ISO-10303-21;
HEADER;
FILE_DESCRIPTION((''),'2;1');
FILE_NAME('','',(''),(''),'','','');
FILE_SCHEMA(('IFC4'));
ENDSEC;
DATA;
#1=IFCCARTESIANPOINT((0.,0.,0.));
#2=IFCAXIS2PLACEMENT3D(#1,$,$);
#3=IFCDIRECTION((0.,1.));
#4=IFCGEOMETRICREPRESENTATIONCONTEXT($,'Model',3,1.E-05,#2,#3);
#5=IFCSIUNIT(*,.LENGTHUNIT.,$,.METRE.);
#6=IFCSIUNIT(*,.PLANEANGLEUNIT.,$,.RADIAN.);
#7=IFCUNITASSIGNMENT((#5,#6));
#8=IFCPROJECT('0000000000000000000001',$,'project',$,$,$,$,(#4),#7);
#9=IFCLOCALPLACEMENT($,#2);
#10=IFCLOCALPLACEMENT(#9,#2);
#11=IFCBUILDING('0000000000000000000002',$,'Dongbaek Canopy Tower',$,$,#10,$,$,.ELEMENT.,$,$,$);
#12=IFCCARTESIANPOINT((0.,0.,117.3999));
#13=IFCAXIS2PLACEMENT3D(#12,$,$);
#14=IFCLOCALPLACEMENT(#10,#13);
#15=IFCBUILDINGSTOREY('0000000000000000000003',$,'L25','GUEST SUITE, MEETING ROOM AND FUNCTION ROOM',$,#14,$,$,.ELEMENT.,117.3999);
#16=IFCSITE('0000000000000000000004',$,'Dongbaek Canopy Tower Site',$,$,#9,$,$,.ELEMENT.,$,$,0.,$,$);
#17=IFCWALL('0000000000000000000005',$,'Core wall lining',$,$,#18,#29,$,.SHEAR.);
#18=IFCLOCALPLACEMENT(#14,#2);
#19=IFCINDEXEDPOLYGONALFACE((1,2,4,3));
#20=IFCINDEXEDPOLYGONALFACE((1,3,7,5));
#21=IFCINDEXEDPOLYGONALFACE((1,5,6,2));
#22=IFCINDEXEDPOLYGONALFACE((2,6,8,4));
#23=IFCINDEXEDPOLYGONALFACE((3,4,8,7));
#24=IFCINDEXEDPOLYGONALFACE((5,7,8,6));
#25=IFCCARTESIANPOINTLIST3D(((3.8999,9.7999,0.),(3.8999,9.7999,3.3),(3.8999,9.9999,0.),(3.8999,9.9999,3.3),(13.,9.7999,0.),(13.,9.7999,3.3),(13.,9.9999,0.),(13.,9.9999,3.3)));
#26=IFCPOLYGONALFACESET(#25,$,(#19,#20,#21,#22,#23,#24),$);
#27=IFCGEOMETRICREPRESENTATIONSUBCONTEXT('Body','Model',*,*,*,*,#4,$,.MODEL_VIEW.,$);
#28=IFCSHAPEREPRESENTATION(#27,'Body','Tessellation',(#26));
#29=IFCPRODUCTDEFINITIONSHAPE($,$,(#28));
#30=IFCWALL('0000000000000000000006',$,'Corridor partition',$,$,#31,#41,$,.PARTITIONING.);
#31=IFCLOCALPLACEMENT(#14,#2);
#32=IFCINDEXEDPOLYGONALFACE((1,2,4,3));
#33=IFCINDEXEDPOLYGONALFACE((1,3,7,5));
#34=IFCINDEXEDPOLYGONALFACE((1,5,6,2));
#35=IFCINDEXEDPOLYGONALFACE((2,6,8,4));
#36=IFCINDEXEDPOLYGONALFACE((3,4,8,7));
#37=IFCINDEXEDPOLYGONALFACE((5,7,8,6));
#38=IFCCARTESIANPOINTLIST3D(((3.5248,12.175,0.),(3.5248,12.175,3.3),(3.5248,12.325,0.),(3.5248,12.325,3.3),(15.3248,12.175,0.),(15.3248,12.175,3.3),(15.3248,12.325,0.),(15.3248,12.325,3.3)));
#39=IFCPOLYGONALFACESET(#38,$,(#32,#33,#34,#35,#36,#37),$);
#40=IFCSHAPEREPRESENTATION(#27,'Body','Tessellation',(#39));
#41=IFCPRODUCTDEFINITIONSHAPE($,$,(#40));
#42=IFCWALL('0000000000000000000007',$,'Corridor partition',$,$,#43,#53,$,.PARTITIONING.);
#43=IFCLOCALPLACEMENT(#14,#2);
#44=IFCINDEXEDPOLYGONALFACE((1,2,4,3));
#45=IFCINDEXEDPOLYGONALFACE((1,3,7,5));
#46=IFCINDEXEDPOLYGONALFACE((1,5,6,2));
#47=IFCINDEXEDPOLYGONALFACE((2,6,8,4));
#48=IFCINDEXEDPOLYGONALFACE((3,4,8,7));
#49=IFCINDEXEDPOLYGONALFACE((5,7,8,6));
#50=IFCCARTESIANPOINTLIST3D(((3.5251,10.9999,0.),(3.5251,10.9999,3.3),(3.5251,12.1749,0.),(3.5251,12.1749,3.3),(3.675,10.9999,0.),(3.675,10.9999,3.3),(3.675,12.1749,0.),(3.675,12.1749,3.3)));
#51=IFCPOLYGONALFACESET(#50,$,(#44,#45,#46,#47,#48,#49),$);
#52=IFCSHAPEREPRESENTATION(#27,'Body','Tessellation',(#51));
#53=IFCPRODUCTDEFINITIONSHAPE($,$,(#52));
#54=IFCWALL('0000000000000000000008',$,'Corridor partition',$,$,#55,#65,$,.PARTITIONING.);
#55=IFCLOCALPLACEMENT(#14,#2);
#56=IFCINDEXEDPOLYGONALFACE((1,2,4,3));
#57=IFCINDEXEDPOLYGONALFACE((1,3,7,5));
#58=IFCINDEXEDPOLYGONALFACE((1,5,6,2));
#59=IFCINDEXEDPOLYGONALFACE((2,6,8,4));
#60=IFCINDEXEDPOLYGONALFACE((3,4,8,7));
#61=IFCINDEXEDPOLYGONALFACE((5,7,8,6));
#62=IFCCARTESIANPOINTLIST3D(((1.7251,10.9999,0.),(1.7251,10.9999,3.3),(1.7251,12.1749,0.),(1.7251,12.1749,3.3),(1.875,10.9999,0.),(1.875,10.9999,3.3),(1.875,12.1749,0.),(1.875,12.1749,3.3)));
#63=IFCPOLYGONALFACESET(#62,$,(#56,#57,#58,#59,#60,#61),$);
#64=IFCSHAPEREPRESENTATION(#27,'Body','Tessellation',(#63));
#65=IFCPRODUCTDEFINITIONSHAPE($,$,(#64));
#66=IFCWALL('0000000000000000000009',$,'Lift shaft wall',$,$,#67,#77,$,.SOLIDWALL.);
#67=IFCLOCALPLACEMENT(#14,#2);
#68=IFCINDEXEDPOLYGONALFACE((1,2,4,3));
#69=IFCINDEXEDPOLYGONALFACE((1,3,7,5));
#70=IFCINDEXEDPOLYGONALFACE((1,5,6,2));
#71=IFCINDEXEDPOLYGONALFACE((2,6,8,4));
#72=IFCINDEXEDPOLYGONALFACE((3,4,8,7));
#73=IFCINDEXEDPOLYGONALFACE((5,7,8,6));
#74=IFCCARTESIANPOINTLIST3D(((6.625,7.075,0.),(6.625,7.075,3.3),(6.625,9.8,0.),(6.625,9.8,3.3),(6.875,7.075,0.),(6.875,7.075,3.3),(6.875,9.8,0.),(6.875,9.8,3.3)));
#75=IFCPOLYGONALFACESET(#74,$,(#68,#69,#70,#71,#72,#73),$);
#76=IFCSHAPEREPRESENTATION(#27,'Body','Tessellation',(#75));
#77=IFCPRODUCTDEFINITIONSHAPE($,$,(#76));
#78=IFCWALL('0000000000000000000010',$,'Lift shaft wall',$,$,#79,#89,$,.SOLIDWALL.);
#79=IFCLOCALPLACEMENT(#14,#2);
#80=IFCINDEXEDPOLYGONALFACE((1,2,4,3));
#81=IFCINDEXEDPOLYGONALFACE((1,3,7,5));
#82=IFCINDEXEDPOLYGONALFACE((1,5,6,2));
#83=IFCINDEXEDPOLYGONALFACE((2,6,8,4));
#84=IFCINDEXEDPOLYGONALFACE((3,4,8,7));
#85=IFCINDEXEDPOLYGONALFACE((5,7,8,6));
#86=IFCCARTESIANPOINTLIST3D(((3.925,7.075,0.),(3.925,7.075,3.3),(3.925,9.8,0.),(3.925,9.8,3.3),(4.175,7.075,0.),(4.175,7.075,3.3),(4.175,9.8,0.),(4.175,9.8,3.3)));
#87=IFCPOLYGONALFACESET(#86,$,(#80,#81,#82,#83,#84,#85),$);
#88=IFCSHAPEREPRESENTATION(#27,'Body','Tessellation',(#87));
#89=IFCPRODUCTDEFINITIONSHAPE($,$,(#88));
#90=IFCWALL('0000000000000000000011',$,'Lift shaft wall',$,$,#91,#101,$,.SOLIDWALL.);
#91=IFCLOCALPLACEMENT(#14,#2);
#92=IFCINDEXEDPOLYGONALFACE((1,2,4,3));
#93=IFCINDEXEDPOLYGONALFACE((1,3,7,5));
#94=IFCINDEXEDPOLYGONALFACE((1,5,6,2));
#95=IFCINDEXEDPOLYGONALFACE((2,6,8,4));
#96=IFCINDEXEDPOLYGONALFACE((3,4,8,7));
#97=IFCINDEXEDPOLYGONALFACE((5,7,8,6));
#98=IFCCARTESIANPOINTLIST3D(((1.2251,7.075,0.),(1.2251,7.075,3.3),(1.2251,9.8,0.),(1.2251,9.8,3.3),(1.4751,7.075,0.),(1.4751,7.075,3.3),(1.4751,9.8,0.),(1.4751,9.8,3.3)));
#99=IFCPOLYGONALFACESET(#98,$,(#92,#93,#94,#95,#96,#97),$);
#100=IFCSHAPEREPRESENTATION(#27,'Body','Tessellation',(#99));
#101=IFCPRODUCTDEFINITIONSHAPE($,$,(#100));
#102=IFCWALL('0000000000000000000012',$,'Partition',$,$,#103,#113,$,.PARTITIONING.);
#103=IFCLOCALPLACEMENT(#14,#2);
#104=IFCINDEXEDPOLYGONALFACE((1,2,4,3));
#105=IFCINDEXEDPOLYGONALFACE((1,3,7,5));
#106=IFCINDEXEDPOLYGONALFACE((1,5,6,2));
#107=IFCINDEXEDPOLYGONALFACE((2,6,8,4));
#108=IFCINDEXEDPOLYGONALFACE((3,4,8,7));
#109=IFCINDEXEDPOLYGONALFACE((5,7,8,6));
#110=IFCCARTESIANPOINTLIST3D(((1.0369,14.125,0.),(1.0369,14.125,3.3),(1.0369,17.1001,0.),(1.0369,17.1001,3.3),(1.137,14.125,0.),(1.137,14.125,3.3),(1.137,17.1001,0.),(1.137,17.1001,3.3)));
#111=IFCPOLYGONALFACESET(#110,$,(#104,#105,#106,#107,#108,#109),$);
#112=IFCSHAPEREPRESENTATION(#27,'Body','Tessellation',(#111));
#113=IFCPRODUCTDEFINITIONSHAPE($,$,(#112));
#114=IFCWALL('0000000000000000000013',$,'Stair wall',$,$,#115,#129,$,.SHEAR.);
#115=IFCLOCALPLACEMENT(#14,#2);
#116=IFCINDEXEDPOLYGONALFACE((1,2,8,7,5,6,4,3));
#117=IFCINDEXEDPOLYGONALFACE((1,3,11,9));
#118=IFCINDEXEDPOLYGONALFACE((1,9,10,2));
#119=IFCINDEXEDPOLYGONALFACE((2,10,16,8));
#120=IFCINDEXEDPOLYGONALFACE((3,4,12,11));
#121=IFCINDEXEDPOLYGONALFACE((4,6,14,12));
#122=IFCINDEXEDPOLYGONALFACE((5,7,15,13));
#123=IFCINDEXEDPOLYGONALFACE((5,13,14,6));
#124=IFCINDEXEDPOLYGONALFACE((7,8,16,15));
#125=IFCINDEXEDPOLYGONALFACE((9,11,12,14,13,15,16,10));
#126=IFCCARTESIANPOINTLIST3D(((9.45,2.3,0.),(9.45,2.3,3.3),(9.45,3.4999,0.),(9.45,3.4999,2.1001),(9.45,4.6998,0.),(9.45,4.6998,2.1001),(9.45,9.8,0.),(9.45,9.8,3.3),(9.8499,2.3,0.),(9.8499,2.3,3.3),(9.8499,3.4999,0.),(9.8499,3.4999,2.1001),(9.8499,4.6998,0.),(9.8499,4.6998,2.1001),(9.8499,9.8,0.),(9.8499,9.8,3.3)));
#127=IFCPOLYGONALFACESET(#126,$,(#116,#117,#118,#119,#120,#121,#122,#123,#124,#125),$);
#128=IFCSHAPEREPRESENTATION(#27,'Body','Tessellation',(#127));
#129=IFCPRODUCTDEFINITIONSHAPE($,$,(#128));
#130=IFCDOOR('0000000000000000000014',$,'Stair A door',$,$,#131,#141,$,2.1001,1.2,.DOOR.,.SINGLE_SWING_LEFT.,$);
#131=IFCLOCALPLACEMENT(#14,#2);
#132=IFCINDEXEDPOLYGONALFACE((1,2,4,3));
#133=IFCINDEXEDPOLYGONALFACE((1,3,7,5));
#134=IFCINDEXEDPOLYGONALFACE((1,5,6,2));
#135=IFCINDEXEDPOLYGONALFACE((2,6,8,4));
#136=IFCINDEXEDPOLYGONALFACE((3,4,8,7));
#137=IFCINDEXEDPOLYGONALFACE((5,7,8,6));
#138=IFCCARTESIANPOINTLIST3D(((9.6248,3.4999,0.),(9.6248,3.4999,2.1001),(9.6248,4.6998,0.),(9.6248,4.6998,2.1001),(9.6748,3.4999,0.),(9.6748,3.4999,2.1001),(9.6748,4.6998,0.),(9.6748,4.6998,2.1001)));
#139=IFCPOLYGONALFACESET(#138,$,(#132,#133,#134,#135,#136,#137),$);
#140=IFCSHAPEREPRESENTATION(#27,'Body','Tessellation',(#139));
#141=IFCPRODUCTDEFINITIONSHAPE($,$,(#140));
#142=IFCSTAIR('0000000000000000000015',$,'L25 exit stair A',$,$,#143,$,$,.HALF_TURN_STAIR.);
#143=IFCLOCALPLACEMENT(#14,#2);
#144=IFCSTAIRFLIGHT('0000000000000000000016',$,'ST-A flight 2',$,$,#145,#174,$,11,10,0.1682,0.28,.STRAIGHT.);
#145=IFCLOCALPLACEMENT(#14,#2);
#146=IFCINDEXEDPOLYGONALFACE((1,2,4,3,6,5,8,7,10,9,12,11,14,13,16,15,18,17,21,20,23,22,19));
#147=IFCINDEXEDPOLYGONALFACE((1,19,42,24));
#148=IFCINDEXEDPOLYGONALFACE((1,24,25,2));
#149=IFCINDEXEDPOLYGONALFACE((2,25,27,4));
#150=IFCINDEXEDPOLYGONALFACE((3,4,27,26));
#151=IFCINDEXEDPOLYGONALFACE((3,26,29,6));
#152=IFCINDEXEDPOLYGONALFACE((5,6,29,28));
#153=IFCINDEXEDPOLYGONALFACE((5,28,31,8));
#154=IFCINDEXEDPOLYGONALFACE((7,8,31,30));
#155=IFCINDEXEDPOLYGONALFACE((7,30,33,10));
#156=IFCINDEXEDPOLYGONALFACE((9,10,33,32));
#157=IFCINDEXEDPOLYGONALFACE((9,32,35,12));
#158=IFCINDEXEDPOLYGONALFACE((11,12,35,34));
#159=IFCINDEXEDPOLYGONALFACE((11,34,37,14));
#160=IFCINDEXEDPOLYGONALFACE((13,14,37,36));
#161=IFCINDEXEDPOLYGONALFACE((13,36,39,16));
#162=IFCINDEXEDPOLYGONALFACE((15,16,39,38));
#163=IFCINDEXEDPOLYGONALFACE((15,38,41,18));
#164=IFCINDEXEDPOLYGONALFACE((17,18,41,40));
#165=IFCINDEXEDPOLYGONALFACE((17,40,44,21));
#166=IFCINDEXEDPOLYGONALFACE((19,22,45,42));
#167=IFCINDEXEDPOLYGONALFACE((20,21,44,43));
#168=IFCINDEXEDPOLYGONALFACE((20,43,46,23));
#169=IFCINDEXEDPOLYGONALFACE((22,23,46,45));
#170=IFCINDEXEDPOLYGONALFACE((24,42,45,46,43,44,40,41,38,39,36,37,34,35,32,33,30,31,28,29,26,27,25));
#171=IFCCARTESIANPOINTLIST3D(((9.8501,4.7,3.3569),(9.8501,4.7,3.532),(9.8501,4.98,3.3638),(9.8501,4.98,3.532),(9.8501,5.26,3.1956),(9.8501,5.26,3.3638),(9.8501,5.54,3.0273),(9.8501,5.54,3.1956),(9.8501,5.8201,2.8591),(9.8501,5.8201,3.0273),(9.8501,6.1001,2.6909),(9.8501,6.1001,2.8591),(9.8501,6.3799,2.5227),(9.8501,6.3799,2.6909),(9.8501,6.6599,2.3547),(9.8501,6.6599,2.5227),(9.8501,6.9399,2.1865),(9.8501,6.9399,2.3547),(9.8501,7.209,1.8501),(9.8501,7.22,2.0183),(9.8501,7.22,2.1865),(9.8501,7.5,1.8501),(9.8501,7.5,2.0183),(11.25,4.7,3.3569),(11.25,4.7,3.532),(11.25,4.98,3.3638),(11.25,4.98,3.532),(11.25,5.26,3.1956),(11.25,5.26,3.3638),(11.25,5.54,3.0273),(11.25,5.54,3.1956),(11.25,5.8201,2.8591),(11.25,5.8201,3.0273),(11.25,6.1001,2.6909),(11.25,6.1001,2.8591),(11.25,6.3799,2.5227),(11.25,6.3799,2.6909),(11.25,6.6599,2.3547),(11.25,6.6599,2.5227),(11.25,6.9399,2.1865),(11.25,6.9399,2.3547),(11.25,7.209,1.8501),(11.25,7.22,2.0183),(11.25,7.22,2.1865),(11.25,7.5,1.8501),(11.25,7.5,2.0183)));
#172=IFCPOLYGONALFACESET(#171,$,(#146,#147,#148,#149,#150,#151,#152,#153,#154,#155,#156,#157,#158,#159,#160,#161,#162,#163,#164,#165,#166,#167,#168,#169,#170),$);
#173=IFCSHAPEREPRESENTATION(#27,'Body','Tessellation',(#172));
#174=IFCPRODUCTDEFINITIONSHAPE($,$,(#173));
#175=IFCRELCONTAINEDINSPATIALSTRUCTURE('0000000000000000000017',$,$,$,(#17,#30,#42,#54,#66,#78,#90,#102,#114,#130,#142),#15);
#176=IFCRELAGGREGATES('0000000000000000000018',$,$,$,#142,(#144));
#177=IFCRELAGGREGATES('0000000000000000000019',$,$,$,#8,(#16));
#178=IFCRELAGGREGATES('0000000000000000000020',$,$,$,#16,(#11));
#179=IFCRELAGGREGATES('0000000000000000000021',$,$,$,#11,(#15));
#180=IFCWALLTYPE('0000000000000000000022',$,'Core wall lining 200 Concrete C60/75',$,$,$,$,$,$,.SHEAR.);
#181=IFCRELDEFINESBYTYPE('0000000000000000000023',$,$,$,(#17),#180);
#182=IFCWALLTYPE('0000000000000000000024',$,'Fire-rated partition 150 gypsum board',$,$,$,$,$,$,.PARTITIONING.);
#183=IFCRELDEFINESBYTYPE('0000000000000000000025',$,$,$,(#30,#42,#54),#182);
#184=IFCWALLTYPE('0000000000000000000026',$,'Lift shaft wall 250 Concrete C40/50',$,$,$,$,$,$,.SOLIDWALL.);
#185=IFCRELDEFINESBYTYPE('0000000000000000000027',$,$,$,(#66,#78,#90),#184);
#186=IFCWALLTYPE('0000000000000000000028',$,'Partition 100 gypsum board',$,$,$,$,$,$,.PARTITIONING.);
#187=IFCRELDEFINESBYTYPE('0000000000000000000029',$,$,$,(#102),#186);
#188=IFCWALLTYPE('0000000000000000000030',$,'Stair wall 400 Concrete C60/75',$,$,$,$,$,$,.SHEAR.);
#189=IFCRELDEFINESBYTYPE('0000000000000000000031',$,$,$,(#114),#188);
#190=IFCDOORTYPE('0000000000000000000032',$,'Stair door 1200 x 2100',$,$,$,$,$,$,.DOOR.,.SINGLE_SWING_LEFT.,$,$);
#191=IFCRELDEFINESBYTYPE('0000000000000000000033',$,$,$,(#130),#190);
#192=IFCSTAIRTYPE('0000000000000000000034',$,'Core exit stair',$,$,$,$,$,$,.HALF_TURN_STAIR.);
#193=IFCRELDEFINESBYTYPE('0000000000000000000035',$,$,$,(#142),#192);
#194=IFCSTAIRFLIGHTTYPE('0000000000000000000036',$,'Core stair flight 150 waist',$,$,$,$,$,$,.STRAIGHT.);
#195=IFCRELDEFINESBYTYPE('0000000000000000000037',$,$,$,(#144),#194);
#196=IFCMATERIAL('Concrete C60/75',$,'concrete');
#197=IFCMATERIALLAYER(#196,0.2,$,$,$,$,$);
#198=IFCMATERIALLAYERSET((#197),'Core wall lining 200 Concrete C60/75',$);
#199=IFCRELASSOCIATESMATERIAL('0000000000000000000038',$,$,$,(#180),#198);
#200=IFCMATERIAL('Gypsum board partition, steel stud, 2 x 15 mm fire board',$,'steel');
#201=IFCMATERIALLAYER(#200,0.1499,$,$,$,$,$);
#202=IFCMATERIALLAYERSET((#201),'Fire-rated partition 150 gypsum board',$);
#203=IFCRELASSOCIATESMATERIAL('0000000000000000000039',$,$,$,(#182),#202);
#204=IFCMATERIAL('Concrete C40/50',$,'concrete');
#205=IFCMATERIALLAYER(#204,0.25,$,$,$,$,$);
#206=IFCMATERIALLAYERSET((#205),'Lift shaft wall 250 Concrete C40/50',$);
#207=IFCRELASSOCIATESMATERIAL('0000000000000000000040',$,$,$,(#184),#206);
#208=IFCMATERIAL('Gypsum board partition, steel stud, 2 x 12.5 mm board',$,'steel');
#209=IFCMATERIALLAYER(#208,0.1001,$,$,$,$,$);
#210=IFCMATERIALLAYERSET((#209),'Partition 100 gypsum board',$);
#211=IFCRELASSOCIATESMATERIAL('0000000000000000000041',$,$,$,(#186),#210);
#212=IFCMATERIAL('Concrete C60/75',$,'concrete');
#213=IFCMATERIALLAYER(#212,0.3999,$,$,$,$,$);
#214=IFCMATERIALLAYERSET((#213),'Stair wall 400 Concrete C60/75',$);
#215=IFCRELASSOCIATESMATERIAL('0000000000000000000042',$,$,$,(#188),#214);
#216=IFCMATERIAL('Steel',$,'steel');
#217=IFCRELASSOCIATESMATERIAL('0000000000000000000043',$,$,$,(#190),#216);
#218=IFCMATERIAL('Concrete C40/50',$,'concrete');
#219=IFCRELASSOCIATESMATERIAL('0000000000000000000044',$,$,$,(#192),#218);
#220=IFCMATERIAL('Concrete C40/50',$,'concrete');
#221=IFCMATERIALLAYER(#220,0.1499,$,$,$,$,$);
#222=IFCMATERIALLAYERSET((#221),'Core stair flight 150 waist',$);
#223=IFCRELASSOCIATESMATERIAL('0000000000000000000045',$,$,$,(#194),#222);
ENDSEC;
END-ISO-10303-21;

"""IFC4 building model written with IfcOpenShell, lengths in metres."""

from ifc_helpers import new_model, si_unit, direction, frame, frame_2d, origin, place, context, subcontext, project, spatial, polyline, rectangle, outline, extrude, material, layer, layer_set, type_object, element, fill, aggregate, save


model = new_model("IFC4")

# Units and contexts
model_context = context("Model", 3, precision=1e-05, world=origin(), true_north=direction((0.0, 1.0)))
body_context = subcontext(model_context, "Body", "Model", "MODEL_VIEW")
ifc_project = project(units=[si_unit("LENGTHUNIT", "METRE"), si_unit("PLANEANGLEUNIT", "RADIAN")], contexts=[model_context])

# Site, building, storey
site_placement = place(None, origin())
site = spatial("IfcSite", under=ifc_project, at=site_placement, Name="Dongbaek Canopy Tower Site", CompositionType="ELEMENT", RefElevation=0.0)
building_placement = place(site_placement, origin())
building = spatial("IfcBuilding", under=site, at=building_placement, Name="Dongbaek Canopy Tower", CompositionType="ELEMENT")
storey_placement = place(building_placement, frame((0.0, 0.0, 117.3999)))
storey = spatial("IfcBuildingStorey", under=building, at=storey_placement, Name="L25", Description="GUEST SUITE, MEETING ROOM AND FUNCTION ROOM", CompositionType="ELEMENT", Elevation=117.3999)

# Walls
ifc_material_1 = material(Name="Concrete C60/75", Category="concrete")
ifc_layer_1 = layer(ifc_material_1, 0.2)
ifc_layer_set_1 = layer_set([ifc_layer_1], Name="Core wall lining 200 Concrete C60/75")
wall_type_1 = type_object("IfcWallType", Name="Core wall lining 200 Concrete C60/75", PredefinedType="SHEAR", material=ifc_layer_set_1)
wall_1_placement = place(storey_placement, frame((3.8999, 9.8999, 0.0), z_axis=(0.0, 0.0, 1.0), x_axis=(1.0, 0.0, 0.0)))
element("IfcWall", 1, at=wall_1_placement, inside=storey, type_object=wall_type_1, Name="Core wall lining", PredefinedType="SHEAR", context=body_context, shape_type="SweptSolid", body=[
    extrude(rectangle(XDim=9.1001, YDim=0.2, at=frame_2d((4.55, 0.0))), origin(), (0.0, 0.0, 1.0), 3.3),
])
ifc_material_2 = material(Name="Gypsum board partition, steel stud, 2 x 15 mm fire board", Category="steel")
ifc_layer_2 = layer(ifc_material_2, 0.1499)
ifc_layer_set_2 = layer_set([ifc_layer_2], Name="Fire-rated partition 150 gypsum board")
wall_type_2 = type_object("IfcWallType", Name="Fire-rated partition 150 gypsum board", PredefinedType="PARTITIONING", material=ifc_layer_set_2)
wall_2_placement = place(storey_placement, frame((3.5249, 12.25, 0.0), z_axis=(0.0, 0.0, 1.0), x_axis=(1.0, 0.0, 0.0)))
element("IfcWall", 2, at=wall_2_placement, inside=storey, type_object=wall_type_2, Name="Corridor partition", PredefinedType="PARTITIONING", context=body_context, shape_type="SweptSolid", body=[
    extrude(rectangle(XDim=11.8, YDim=0.1499, at=frame_2d((5.8999, 0.0))), origin(), (0.0, 0.0, 1.0), 3.3),
])
for number, where, z_axis, x_axis, name in (
    (3, (3.6001, 11.0, 0.0), (0.0, 0.0, 1.0), (0.0, 1.0, 0.0), "Corridor partition"),
    (4, (1.8, 11.0, 0.0), (0.0, 0.0, 1.0), (0.0, 1.0, 0.0), "Corridor partition"),
):
    element("IfcWall", number, at=place(storey_placement, frame(where, z_axis=z_axis, x_axis=x_axis)), inside=storey, type_object=wall_type_2, Name=name, PredefinedType="PARTITIONING", context=body_context, shape_type="SweptSolid", body=[
        extrude(rectangle(XDim=1.175, YDim=0.1499, at=frame_2d((0.5874, 0.0))), origin(), (0.0, 0.0, 1.0), 3.3),
    ])
ifc_material_3 = material(Name="Concrete C40/50", Category="concrete")
ifc_layer_3 = layer(ifc_material_3, 0.25)
ifc_layer_set_3 = layer_set([ifc_layer_3], Name="Lift shaft wall 250 Concrete C40/50")
wall_type_3 = type_object("IfcWallType", Name="Lift shaft wall 250 Concrete C40/50", PredefinedType="SOLIDWALL", material=ifc_layer_set_3)
for number, where, z_axis, x_axis, name in (
    (5, (6.75, 7.075, 0.0), (0.0, 0.0, 1.0), (0.0, 1.0, 0.0), "Lift shaft wall"),
    (6, (4.05, 7.075, 0.0), (0.0, 0.0, 1.0), (0.0, 1.0, 0.0), "Lift shaft wall"),
    (7, (1.3501, 7.075, 0.0), (0.0, 0.0, 1.0), (0.0, 1.0, 0.0), "Lift shaft wall"),
):
    element("IfcWall", number, at=place(storey_placement, frame(where, z_axis=z_axis, x_axis=x_axis)), inside=storey, type_object=wall_type_3, Name=name, PredefinedType="SOLIDWALL", context=body_context, shape_type="SweptSolid", body=[
        extrude(rectangle(XDim=2.7251, YDim=0.25, at=frame_2d((1.3625, 0.0))), origin(), (0.0, 0.0, 1.0), 3.3),
    ])
ifc_material_4 = material(Name="Gypsum board partition, steel stud, 2 x 12.5 mm board", Category="steel")
ifc_layer_4 = layer(ifc_material_4, 0.1001)
ifc_layer_set_4 = layer_set([ifc_layer_4], Name="Partition 100 gypsum board")
wall_type_4 = type_object("IfcWallType", Name="Partition 100 gypsum board", PredefinedType="PARTITIONING", material=ifc_layer_set_4)
wall_3_placement = place(storey_placement, frame((1.0869, 14.125, 0.0), z_axis=(0.0, 0.0, 1.0), x_axis=(0.0, 1.0, 0.0)))
element("IfcWall", 8, at=wall_3_placement, inside=storey, type_object=wall_type_4, Name="Partition", PredefinedType="PARTITIONING", context=body_context, shape_type="SweptSolid", body=[
    extrude(rectangle(XDim=2.9751, YDim=0.1001, at=frame_2d((1.4875, 0.0))), origin(), (0.0, 0.0, 1.0), 3.3),
])

# Wall, opening, door
ifc_material_5 = material(Name="Concrete C60/75", Category="concrete")
ifc_layer_5 = layer(ifc_material_5, 0.3999)
ifc_layer_set_5 = layer_set([ifc_layer_5], Name="Stair wall 400 Concrete C60/75")
wall_type_5 = type_object("IfcWallType", Name="Stair wall 400 Concrete C60/75", PredefinedType="SHEAR", material=ifc_layer_set_5)
wall_4_placement = place(storey_placement, frame((9.6499, 9.8, 0.0), z_axis=(0.0, 0.0, 1.0), x_axis=(0.0, -1.0, 0.0)))
wall_4 = element("IfcWall", 9, at=wall_4_placement, inside=storey, type_object=wall_type_5, Name="Stair wall", PredefinedType="SHEAR", context=body_context, shape_type="SweptSolid", body=[
    extrude(rectangle(XDim=7.5, YDim=0.3999, at=frame_2d((3.75, 0.0))), origin(), (0.0, 0.0, 1.0), 3.3),
])
opening_placement = place(wall_4_placement, frame((5.1001, 0.0, 0.0)))
opening = element("IfcOpeningElement", 10, at=opening_placement, cuts=wall_4, PredefinedType="OPENING", context=body_context, shape_type="SweptSolid", body=[
    extrude(rectangle(XDim=1.2, YDim=2.1001, at=frame_2d((0.6001, 1.05))), frame((0.0, 0.21, 0.0), z_axis=(0.0, -1.0, 0.0), x_axis=(1.0, 0.0, 0.0)), (0.0, 0.0, 1.0), 0.4199),
])
ifc_material_6 = material(Name="Steel", Category="steel")
door_type = type_object("IfcDoorType", Name="Stair door 1200 x 2100", OperationType="SINGLE_SWING_LEFT", PredefinedType="DOOR", material=ifc_material_6)
door_placement = place(opening_placement, origin())
door = element("IfcDoor", 11, at=door_placement, inside=storey, type_object=door_type, Name="Stair A door", OperationType="SINGLE_SWING_LEFT", OverallHeight=2.1001, OverallWidth=1.2, PredefinedType="DOOR", context=body_context, shape_type="SweptSolid", body=[
    extrude(rectangle(XDim=1.2, YDim=2.1001, at=frame_2d((0.6001, 1.05))), frame((0.0, 0.0249, 0.0), z_axis=(0.0, -1.0, 0.0), x_axis=(1.0, 0.0, 0.0)), (0.0, 0.0, 1.0), 0.05),
])
fill(opening, door)

# Stair, stair flight
ifc_material_7 = material(Name="Concrete C40/50", Category="concrete")
stair_type = type_object("IfcStairType", Name="Core exit stair", PredefinedType="HALF_TURN_STAIR", material=ifc_material_7)
stair_placement = place(storey_placement, origin())
stair = element("IfcStair", 12, at=stair_placement, inside=storey, type_object=stair_type, Name="L25 exit stair A", PredefinedType="HALF_TURN_STAIR")
ifc_material_8 = material(Name="Concrete C40/50", Category="concrete")
ifc_layer_6 = layer(ifc_material_8, 0.1499)
ifc_layer_set_6 = layer_set([ifc_layer_6], Name="Core stair flight 150 waist")
stair_flight_type = type_object("IfcStairFlightType", Name="Core stair flight 150 waist", PredefinedType="STRAIGHT", material=ifc_layer_set_6)
stair_flight_placement = place(storey_placement, frame((10.55, 7.5, 1.8501), z_axis=(0.0, 0.0, 1.0), x_axis=(0.0, -1.0, 0.0)))
stair_flight = element("IfcStairFlight", 13, at=stair_flight_placement, type_object=stair_flight_type, Name="ST-A flight 2", NumberOfRisers=11, NumberOfTreads=10, PredefinedType="STRAIGHT", RiserHeight=0.1682, TreadLength=0.28, context=body_context, shape_type="SweptSolid", body=[
    extrude(outline(polyline([(0.0, 0.0), (0.0, 0.1682), (0.28, 0.1682), (0.28, 0.3364), (0.5601, 0.3364), (0.5601, 0.5046), (0.8401, 0.5046), (0.8401, 0.6726), (1.1201, 0.6726), (1.1201, 0.8408), (1.3999, 0.8408), (1.3999, 1.009), (1.6799, 1.009), (1.6799, 1.1772), (1.96, 1.1772), (1.96, 1.3455), (2.24, 1.3455), (2.24, 1.5137), (2.52, 1.5137), (2.52, 1.6819), (2.8, 1.6819), (2.8, 1.8501), (2.8, 1.5068), (0.291, 0.0), (0.0, 0.0)])), frame((0.0, 0.7, 0.0), z_axis=(0.0, -1.0, 0.0), x_axis=(1.0, 0.0, 0.0)), (0.0, 0.0, 1.0), 1.3999),
])
aggregate(stair, [stair_flight])

save(model, "model.ifc")
